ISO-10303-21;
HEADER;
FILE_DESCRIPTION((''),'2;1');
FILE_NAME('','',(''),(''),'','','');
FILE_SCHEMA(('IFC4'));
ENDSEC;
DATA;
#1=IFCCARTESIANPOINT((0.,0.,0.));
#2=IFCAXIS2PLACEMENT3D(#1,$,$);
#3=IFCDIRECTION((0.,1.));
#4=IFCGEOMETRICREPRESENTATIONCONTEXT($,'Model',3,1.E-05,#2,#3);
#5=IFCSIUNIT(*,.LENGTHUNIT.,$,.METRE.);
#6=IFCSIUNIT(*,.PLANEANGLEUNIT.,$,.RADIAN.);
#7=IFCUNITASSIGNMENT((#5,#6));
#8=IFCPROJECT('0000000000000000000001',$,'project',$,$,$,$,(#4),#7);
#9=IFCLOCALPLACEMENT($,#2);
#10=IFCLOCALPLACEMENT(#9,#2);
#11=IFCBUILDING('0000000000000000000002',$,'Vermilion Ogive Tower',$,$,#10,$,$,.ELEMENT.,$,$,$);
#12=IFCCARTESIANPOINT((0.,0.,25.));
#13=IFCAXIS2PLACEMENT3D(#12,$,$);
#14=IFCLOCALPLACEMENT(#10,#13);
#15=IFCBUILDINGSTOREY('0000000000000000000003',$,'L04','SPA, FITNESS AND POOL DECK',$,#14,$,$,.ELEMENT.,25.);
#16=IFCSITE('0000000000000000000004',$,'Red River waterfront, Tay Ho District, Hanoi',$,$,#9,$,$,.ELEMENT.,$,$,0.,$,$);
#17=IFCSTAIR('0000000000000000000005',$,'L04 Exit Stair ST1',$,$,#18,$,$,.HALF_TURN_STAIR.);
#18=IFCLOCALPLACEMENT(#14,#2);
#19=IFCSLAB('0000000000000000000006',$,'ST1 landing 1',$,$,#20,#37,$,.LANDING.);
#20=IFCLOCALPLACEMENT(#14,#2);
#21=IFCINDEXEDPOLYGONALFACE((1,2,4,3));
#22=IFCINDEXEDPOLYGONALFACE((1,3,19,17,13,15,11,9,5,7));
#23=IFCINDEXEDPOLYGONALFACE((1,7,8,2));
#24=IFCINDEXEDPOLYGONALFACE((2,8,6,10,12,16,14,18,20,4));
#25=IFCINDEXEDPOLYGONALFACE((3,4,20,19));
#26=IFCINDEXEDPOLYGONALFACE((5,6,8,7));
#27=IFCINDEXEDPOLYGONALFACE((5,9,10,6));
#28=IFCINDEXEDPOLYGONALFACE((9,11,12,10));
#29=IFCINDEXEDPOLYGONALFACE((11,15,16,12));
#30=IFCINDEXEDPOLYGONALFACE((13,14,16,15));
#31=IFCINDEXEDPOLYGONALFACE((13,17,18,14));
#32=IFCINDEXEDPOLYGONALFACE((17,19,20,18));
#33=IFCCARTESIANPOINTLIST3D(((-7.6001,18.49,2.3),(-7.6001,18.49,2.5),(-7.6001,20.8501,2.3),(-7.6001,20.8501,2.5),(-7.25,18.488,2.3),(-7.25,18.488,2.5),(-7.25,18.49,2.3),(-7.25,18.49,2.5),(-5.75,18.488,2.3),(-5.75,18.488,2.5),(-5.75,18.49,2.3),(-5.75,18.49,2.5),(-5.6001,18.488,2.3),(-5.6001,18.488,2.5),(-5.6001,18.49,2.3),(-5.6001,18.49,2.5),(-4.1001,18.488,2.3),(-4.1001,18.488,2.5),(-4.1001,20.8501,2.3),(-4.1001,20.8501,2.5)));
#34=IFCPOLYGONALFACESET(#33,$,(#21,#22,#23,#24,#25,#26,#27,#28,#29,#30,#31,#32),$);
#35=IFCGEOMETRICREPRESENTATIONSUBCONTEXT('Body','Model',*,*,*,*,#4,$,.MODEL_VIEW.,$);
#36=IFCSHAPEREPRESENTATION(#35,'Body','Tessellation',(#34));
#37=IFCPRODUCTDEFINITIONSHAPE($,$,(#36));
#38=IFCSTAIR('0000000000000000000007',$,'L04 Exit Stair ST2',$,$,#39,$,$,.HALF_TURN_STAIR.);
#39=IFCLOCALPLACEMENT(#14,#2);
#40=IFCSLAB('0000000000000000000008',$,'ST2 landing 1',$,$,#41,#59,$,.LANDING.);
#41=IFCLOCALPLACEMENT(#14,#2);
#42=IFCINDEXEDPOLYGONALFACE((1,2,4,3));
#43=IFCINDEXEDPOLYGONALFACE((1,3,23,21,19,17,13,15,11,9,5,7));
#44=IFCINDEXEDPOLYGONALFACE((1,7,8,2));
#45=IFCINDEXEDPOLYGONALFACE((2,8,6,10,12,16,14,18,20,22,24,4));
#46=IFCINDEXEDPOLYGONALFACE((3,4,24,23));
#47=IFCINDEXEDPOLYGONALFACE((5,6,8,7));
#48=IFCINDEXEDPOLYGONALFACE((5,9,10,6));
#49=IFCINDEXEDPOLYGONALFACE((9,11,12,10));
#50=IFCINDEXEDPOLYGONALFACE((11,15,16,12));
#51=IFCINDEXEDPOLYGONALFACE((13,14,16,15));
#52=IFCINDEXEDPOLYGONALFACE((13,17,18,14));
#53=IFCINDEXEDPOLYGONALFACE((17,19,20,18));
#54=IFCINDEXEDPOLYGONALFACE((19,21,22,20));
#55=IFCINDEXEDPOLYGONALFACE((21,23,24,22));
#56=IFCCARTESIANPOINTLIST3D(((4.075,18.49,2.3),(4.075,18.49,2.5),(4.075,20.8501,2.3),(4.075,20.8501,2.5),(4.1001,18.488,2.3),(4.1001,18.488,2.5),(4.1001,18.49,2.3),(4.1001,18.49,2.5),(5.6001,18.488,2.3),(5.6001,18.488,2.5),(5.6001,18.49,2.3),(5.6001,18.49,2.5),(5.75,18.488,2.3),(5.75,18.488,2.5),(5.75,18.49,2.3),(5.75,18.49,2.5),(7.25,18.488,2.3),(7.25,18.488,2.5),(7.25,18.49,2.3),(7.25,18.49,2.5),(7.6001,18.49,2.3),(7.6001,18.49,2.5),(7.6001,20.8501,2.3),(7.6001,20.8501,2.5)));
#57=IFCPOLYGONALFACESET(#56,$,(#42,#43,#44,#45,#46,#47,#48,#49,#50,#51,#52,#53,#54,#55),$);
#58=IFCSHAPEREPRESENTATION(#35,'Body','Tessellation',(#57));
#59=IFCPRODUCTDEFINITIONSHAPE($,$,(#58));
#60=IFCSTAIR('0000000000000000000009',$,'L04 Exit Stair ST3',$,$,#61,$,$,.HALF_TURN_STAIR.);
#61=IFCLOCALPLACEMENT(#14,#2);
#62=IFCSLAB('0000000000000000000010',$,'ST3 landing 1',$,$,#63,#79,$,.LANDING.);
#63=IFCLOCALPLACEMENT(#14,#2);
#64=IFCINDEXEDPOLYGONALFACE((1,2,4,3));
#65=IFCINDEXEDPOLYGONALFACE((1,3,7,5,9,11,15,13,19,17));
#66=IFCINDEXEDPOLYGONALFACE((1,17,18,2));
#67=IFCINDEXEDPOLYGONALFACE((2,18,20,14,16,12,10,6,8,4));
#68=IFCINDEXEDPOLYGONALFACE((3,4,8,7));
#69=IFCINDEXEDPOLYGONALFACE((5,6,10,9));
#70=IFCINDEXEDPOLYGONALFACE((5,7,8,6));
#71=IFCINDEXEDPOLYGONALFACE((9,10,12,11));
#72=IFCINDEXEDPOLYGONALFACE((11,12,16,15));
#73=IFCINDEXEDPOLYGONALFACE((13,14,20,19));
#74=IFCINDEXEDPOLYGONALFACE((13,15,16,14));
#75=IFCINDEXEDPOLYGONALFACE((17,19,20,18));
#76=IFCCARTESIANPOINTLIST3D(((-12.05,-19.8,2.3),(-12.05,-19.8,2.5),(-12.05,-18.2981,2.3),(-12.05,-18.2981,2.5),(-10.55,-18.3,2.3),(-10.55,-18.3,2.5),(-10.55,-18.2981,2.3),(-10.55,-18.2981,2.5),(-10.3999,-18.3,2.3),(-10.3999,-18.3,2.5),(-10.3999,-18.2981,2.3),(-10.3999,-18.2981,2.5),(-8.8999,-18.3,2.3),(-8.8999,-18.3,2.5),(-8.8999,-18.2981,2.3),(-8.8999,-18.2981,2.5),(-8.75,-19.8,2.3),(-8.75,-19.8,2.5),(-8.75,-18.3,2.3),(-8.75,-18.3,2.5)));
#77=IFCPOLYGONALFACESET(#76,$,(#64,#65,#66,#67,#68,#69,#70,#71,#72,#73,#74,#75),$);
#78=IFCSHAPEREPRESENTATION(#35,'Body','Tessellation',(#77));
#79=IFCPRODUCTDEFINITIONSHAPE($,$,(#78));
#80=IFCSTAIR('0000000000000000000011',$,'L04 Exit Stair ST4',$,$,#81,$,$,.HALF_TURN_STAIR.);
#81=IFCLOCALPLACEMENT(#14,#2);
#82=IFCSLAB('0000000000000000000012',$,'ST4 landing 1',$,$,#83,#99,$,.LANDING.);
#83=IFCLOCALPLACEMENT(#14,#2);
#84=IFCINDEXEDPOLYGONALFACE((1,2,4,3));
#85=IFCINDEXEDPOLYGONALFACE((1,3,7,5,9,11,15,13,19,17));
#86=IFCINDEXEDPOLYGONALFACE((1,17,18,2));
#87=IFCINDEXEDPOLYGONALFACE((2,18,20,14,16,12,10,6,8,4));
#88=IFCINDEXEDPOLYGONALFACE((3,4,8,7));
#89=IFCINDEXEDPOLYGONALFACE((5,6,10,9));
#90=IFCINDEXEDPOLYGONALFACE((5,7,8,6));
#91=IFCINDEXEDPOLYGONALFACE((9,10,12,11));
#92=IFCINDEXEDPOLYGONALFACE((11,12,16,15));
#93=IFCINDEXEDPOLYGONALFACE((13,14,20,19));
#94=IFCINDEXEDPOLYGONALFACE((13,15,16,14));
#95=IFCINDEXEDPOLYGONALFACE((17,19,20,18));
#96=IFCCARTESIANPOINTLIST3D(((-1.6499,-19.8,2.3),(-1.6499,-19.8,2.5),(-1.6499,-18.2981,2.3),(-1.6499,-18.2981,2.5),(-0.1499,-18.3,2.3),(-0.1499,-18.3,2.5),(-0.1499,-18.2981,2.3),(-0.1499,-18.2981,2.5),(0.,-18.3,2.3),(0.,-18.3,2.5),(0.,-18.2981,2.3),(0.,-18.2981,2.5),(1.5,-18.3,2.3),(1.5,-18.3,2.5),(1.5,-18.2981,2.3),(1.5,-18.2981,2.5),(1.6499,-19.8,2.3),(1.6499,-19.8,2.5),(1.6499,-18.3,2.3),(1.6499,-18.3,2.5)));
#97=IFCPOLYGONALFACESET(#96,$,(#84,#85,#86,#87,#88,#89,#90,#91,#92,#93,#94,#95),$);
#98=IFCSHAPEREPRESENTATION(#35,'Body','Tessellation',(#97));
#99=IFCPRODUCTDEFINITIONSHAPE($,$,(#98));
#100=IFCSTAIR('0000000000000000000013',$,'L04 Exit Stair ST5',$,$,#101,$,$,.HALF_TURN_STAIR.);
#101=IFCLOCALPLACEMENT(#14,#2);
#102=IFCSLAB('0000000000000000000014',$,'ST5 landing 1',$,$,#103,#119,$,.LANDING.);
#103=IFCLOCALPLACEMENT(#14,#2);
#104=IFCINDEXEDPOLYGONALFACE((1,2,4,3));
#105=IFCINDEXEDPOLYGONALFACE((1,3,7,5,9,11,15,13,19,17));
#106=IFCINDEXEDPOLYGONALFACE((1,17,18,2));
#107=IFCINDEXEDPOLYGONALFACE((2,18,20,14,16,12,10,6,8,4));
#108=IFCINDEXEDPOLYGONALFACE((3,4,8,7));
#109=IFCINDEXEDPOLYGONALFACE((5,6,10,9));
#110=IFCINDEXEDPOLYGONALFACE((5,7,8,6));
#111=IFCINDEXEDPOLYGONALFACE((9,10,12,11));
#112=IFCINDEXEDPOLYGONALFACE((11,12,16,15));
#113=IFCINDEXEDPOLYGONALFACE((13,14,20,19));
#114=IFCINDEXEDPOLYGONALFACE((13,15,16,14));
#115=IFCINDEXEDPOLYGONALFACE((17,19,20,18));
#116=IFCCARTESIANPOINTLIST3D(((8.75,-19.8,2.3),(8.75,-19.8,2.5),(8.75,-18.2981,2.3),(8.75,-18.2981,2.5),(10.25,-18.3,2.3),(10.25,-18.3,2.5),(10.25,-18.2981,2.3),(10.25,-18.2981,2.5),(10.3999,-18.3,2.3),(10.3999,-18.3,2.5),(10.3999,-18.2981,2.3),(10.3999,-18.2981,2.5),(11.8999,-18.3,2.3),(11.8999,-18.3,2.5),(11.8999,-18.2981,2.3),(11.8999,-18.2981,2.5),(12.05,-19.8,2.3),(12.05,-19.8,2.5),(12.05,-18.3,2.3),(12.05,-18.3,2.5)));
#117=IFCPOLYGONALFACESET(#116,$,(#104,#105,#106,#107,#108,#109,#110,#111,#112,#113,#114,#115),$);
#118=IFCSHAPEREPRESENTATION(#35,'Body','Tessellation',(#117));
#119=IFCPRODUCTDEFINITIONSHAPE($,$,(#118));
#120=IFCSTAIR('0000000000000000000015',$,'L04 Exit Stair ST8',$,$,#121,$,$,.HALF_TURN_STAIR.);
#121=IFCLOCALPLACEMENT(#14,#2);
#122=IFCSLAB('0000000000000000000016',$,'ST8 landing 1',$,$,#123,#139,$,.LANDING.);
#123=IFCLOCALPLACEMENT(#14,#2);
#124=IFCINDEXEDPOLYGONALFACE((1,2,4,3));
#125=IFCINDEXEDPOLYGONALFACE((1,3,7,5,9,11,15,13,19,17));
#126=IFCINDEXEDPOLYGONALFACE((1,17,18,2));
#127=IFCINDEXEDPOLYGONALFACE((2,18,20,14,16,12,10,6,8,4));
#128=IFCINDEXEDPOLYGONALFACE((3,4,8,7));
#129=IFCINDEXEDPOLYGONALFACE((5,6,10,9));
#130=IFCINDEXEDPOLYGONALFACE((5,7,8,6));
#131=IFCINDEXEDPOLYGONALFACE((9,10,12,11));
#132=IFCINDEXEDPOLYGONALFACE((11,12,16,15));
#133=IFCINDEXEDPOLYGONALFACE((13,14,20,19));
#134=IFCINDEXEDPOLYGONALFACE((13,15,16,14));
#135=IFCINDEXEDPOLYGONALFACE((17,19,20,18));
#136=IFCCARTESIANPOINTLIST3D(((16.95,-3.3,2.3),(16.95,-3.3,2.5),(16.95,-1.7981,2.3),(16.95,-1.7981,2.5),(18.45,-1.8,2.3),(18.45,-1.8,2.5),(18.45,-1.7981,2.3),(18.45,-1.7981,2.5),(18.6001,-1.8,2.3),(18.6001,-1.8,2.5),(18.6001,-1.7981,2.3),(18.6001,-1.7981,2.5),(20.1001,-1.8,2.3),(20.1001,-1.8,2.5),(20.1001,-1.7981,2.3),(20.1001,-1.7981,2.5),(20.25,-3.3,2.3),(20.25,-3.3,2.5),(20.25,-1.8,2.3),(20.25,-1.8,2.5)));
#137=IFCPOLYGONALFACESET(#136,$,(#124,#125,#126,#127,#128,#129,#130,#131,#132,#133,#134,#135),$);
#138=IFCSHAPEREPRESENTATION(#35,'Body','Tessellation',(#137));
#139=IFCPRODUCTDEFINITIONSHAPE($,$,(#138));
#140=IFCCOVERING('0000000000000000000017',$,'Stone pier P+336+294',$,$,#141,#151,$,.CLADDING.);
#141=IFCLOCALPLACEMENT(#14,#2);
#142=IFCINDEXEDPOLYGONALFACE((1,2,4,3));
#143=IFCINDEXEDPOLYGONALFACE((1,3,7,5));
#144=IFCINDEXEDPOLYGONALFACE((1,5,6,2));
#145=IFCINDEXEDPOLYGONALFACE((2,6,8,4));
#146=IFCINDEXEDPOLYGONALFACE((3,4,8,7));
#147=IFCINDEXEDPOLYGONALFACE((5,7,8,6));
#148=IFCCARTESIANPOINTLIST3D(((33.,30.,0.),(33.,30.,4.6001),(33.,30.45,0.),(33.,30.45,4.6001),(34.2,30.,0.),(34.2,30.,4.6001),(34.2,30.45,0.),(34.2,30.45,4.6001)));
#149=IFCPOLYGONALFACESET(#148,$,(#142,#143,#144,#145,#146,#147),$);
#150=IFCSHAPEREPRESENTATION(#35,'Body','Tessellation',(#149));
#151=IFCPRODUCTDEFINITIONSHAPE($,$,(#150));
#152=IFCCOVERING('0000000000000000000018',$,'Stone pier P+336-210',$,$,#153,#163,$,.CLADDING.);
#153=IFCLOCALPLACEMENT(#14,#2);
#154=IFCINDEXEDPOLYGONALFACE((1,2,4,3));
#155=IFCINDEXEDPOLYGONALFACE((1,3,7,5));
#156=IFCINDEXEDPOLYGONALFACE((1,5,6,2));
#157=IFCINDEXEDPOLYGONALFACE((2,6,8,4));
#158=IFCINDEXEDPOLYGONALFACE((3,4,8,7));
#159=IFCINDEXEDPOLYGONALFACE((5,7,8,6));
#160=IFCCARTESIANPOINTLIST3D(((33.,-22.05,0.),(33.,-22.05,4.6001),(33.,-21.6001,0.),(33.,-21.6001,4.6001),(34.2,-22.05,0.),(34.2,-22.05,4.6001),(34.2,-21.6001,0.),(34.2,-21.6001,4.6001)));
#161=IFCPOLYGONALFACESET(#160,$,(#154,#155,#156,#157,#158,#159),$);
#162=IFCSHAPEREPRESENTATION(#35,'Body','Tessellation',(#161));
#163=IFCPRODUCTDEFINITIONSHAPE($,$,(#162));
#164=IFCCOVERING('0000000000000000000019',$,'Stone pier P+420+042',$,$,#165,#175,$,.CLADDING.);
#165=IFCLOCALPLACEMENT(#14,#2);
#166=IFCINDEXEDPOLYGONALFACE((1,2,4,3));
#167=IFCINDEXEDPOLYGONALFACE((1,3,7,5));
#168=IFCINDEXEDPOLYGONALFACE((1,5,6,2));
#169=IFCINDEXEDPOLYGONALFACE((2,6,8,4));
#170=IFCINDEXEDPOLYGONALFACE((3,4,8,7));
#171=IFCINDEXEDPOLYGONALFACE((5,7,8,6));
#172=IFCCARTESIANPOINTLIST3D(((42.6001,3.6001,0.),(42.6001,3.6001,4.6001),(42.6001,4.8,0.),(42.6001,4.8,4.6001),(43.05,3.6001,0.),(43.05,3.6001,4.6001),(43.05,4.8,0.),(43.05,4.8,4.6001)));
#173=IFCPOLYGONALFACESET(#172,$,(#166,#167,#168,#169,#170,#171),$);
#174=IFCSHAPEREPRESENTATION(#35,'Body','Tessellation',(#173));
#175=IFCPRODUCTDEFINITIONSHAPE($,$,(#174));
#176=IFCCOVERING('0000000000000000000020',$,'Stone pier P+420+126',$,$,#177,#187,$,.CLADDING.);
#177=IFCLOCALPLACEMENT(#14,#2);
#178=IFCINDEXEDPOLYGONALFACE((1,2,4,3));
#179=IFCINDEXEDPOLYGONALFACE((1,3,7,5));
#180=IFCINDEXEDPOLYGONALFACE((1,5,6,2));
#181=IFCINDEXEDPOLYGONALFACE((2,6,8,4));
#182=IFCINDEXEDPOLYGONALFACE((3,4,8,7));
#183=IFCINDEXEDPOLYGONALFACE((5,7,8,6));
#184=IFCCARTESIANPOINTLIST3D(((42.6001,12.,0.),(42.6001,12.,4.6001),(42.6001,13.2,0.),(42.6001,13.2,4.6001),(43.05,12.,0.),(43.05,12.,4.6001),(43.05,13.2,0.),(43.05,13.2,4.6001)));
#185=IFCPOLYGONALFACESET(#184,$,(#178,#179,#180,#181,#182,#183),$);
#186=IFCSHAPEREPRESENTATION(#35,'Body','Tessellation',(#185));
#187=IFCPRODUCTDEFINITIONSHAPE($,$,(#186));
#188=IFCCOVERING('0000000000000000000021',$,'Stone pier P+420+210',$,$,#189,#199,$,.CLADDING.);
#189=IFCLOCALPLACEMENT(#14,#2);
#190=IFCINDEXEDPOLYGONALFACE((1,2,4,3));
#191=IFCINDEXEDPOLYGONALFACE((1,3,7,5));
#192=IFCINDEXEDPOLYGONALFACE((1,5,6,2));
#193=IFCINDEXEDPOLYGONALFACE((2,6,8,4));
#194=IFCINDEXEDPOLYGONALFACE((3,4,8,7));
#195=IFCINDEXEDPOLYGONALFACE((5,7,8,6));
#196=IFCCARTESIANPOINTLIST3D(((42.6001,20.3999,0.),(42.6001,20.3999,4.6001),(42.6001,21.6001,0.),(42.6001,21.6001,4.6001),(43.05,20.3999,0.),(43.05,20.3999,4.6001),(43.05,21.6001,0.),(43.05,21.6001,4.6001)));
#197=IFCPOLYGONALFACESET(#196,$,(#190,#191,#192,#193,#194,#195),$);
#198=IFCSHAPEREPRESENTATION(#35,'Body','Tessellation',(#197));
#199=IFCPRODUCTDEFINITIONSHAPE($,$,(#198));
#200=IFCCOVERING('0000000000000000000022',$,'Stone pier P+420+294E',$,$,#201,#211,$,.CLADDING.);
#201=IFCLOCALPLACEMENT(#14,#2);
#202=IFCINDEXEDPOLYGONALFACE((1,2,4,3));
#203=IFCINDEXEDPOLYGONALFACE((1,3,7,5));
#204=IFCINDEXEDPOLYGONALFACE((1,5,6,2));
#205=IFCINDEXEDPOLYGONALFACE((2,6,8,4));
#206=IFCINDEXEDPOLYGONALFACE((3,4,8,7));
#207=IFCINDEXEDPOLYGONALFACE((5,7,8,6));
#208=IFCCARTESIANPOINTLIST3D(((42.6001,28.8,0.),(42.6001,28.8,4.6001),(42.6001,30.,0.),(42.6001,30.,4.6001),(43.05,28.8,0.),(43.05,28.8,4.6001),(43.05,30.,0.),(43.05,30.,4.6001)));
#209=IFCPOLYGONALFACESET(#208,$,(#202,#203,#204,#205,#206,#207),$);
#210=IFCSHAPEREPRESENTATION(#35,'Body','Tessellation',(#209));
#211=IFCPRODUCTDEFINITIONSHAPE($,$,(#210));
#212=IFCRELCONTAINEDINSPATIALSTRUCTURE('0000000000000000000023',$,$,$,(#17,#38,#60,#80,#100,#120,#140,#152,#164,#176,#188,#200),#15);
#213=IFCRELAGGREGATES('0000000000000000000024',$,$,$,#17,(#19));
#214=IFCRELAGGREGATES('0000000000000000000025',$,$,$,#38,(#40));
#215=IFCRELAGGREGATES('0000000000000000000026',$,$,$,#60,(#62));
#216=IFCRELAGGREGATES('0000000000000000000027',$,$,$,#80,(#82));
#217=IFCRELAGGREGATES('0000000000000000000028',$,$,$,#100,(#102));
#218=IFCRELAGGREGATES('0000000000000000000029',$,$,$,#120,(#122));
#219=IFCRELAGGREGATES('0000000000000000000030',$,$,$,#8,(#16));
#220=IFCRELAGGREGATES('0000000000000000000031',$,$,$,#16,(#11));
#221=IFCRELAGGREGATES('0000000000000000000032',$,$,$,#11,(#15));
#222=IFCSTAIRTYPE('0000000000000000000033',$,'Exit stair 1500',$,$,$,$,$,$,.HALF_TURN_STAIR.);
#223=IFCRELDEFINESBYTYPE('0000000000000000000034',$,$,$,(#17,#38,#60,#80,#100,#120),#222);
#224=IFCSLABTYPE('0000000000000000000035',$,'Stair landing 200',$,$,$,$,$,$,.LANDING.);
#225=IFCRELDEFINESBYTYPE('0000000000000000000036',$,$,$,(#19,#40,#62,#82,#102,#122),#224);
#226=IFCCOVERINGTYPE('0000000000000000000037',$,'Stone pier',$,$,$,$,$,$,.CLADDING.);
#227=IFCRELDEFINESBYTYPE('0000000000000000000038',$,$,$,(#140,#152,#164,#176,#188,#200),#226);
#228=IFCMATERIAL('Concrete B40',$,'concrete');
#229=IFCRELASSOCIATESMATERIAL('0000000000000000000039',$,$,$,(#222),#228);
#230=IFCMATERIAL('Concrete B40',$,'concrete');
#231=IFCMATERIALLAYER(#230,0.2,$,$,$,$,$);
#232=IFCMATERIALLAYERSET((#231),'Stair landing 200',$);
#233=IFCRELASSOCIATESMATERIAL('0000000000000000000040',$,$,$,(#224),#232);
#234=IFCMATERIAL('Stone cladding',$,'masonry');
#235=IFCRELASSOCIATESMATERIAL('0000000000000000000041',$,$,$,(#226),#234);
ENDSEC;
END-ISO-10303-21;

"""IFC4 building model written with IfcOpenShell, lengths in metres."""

from ifc_helpers import new_model, si_unit, direction, frame, origin, place, context, subcontext, project, spatial, polyline, outline, extrude, material, layer, layer_set, type_object, element, aggregate, save


model = new_model("IFC4")

# Units and contexts
model_context = context("Model", 3, precision=1e-05, world=origin(), true_north=direction((0.0, 1.0)))
body_context = subcontext(model_context, "Body", "Model", "MODEL_VIEW")
ifc_project = project(units=[si_unit("LENGTHUNIT", "METRE"), si_unit("PLANEANGLEUNIT", "RADIAN")], contexts=[model_context])

# Site, building, storey
site_placement = place(None, origin())
site = spatial("IfcSite", under=ifc_project, at=site_placement, Name="Red River waterfront, Tay Ho District, Hanoi", CompositionType="ELEMENT", RefElevation=0.0)
building_placement = place(site_placement, origin())
building = spatial("IfcBuilding", under=site, at=building_placement, Name="Vermilion Ogive Tower", CompositionType="ELEMENT")
storey_placement = place(building_placement, frame((0.0, 0.0, 25.0)))
storey = spatial("IfcBuildingStorey", under=building, at=storey_placement, Name="L04", Description="SPA, FITNESS AND POOL DECK", CompositionType="ELEMENT", Elevation=25.0)

# Stairs, slabs
ifc_material_1 = material(Name="Concrete B40", Category="concrete")
stair_type = type_object("IfcStairType", Name="Exit stair 1500", PredefinedType="HALF_TURN_STAIR", material=ifc_material_1)
stair_1_placement = place(storey_placement, origin())
stair_1 = element("IfcStair", 1, at=stair_1_placement, inside=storey, type_object=stair_type, Name="L04 Exit Stair ST1", PredefinedType="HALF_TURN_STAIR")
ifc_material_2 = material(Name="Concrete B40", Category="concrete")
ifc_layer = layer(ifc_material_2, 0.2)
ifc_layer_set = layer_set([ifc_layer], Name="Stair landing 200")
slab_type = type_object("IfcSlabType", Name="Stair landing 200", PredefinedType="LANDING", material=ifc_layer_set)
slab_1_placement = place(storey_placement, frame((0.0, 0.0, 2.3)))
slab_1 = element("IfcSlab", 2, at=slab_1_placement, type_object=slab_type, Name="ST1 landing 1", PredefinedType="LANDING", context=body_context, shape_type="SweptSolid", body=[
    extrude(outline(polyline([(-7.6001, 18.49), (-7.25, 18.49), (-7.25, 18.488), (-5.75, 18.488), (-5.75, 18.49), (-5.6001, 18.49), (-5.6001, 18.488), (-4.1001, 18.488), (-4.1001, 20.8501), (-7.6001, 20.8501), (-7.6001, 18.49)])), origin(), (0.0, 0.0, 1.0), 0.2),
])
aggregate(stair_1, [slab_1])
stair_2_placement = place(storey_placement, origin())
stair_2 = element("IfcStair", 3, at=stair_2_placement, inside=storey, type_object=stair_type, Name="L04 Exit Stair ST2", PredefinedType="HALF_TURN_STAIR")
slab_2_placement = place(storey_placement, frame((0.0, 0.0, 2.3)))
slab_2 = element("IfcSlab", 4, at=slab_2_placement, type_object=slab_type, Name="ST2 landing 1", PredefinedType="LANDING", context=body_context, shape_type="SweptSolid", body=[
    extrude(outline(polyline([(5.6001, 18.49), (5.75, 18.49), (5.75, 18.488), (7.25, 18.488), (7.25, 18.49), (7.6001, 18.49), (7.6001, 20.8501), (4.075, 20.8501), (4.075, 18.49), (4.1001, 18.49), (4.1001, 18.488), (5.6001, 18.488), (5.6001, 18.49)])), origin(), (0.0, 0.0, 1.0), 0.2),
])
aggregate(stair_2, [slab_2])
stair_3_placement = place(storey_placement, origin())
stair_3 = element("IfcStair", 5, at=stair_3_placement, inside=storey, type_object=stair_type, Name="L04 Exit Stair ST3", PredefinedType="HALF_TURN_STAIR")
slab_3_placement = place(storey_placement, frame((0.0, 0.0, 2.3)))
slab_3 = element("IfcSlab", 6, at=slab_3_placement, type_object=slab_type, Name="ST3 landing 1", PredefinedType="LANDING", context=body_context, shape_type="SweptSolid", body=[
    extrude(outline(polyline([(-8.75, -18.3), (-8.8999, -18.3), (-8.8999, -18.2981), (-10.3999, -18.2981), (-10.3999, -18.3), (-10.55, -18.3), (-10.55, -18.2981), (-12.05, -18.2981), (-12.05, -19.8), (-8.75, -19.8), (-8.75, -18.3)])), origin(), (0.0, 0.0, 1.0), 0.2),
])
aggregate(stair_3, [slab_3])
stair_4_placement = place(storey_placement, origin())
stair_4 = element("IfcStair", 7, at=stair_4_placement, inside=storey, type_object=stair_type, Name="L04 Exit Stair ST4", PredefinedType="HALF_TURN_STAIR")
slab_4_placement = place(storey_placement, frame((0.0, 0.0, 2.3)))
slab_4 = element("IfcSlab", 8, at=slab_4_placement, type_object=slab_type, Name="ST4 landing 1", PredefinedType="LANDING", context=body_context, shape_type="SweptSolid", body=[
    extrude(outline(polyline([(1.6499, -18.3), (1.5, -18.3), (1.5, -18.2981), (0.0, -18.2981), (0.0, -18.3), (-0.1499, -18.3), (-0.1499, -18.2981), (-1.6499, -18.2981), (-1.6499, -19.8), (1.6499, -19.8), (1.6499, -18.3)])), origin(), (0.0, 0.0, 1.0), 0.2),
])
aggregate(stair_4, [slab_4])
stair_5_placement = place(storey_placement, origin())
stair_5 = element("IfcStair", 9, at=stair_5_placement, inside=storey, type_object=stair_type, Name="L04 Exit Stair ST5", PredefinedType="HALF_TURN_STAIR")
slab_5_placement = place(storey_placement, frame((0.0, 0.0, 2.3)))
slab_5 = element("IfcSlab", 10, at=slab_5_placement, type_object=slab_type, Name="ST5 landing 1", PredefinedType="LANDING", context=body_context, shape_type="SweptSolid", body=[
    extrude(outline(polyline([(12.05, -18.3), (11.8999, -18.3), (11.8999, -18.2981), (10.3999, -18.2981), (10.3999, -18.3), (10.25, -18.3), (10.25, -18.2981), (8.75, -18.2981), (8.75, -19.8), (12.05, -19.8), (12.05, -18.3)])), origin(), (0.0, 0.0, 1.0), 0.2),
])
aggregate(stair_5, [slab_5])
stair_6_placement = place(storey_placement, origin())
stair_6 = element("IfcStair", 11, at=stair_6_placement, inside=storey, type_object=stair_type, Name="L04 Exit Stair ST8", PredefinedType="HALF_TURN_STAIR")
slab_6_placement = place(storey_placement, frame((0.0, 0.0, 2.3)))
slab_6 = element("IfcSlab", 12, at=slab_6_placement, type_object=slab_type, Name="ST8 landing 1", PredefinedType="LANDING", context=body_context, shape_type="SweptSolid", body=[
    extrude(outline(polyline([(20.25, -1.8), (20.1001, -1.8), (20.1001, -1.7981), (18.6001, -1.7981), (18.6001, -1.8), (18.45, -1.8), (18.45, -1.7981), (16.95, -1.7981), (16.95, -3.3), (20.25, -3.3), (20.25, -1.8)])), origin(), (0.0, 0.0, 1.0), 0.2),
])
aggregate(stair_6, [slab_6])

# Coverings
ifc_material_3 = material(Name="Stone cladding", Category="masonry")
covering_type = type_object("IfcCoveringType", Name="Stone pier", PredefinedType="CLADDING", material=ifc_material_3)
covering_1_placement = place(storey_placement, origin())
element("IfcCovering", 13, at=covering_1_placement, inside=storey, type_object=covering_type, Name="Stone pier P+336+294", PredefinedType="CLADDING", context=body_context, shape_type="SweptSolid", body=[
    extrude(outline(polyline([(33.0, 30.45), (34.2, 30.45), (34.2, 30.0), (33.0, 30.0), (33.0, 30.45)])), origin(), (0.0, 0.0, 1.0), 4.6001),
])
covering_2_placement = place(storey_placement, origin())
element("IfcCovering", 14, at=covering_2_placement, inside=storey, type_object=covering_type, Name="Stone pier P+336-210", PredefinedType="CLADDING", context=body_context, shape_type="SweptSolid", body=[
    extrude(outline(polyline([(34.2, -22.05), (33.0, -22.05), (33.0, -21.6001), (34.2, -21.6001), (34.2, -22.05)])), origin(), (0.0, 0.0, 1.0), 4.6001),
])
covering_3_placement = place(storey_placement, origin())
element("IfcCovering", 15, at=covering_3_placement, inside=storey, type_object=covering_type, Name="Stone pier P+420+042", PredefinedType="CLADDING", context=body_context, shape_type="SweptSolid", body=[
    extrude(outline(polyline([(42.6001, 4.8), (42.6001, 4.8), (43.05, 4.8), (43.05, 3.6001), (42.6001, 3.6001), (42.6001, 3.6001), (42.6001, 4.8)])), origin(), (0.0, 0.0, 1.0), 4.6001),
])
covering_4_placement = place(storey_placement, origin())
element("IfcCovering", 16, at=covering_4_placement, inside=storey, type_object=covering_type, Name="Stone pier P+420+126", PredefinedType="CLADDING", context=body_context, shape_type="SweptSolid", body=[
    extrude(outline(polyline([(42.6001, 13.2), (43.05, 13.2), (43.05, 12.0), (42.6001, 12.0), (42.6001, 13.2), (42.6001, 13.2)])), origin(), (0.0, 0.0, 1.0), 4.6001),
])
covering_5_placement = place(storey_placement, origin())
element("IfcCovering", 17, at=covering_5_placement, inside=storey, type_object=covering_type, Name="Stone pier P+420+210", PredefinedType="CLADDING", context=body_context, shape_type="SweptSolid", body=[
    extrude(outline(polyline([(43.05, 21.6001), (43.05, 20.3999), (42.6001, 20.3999), (42.6001, 21.6001), (43.05, 21.6001)])), origin(), (0.0, 0.0, 1.0), 4.6001),
])
covering_6_placement = place(storey_placement, origin())
element("IfcCovering", 18, at=covering_6_placement, inside=storey, type_object=covering_type, Name="Stone pier P+420+294E", PredefinedType="CLADDING", context=body_context, shape_type="SweptSolid", body=[
    extrude(outline(polyline([(43.05, 30.0), (43.05, 28.8), (42.6001, 28.8), (42.6001, 30.0), (43.05, 30.0)])), origin(), (0.0, 0.0, 1.0), 4.6001),
])

save(model, "model.ifc")
